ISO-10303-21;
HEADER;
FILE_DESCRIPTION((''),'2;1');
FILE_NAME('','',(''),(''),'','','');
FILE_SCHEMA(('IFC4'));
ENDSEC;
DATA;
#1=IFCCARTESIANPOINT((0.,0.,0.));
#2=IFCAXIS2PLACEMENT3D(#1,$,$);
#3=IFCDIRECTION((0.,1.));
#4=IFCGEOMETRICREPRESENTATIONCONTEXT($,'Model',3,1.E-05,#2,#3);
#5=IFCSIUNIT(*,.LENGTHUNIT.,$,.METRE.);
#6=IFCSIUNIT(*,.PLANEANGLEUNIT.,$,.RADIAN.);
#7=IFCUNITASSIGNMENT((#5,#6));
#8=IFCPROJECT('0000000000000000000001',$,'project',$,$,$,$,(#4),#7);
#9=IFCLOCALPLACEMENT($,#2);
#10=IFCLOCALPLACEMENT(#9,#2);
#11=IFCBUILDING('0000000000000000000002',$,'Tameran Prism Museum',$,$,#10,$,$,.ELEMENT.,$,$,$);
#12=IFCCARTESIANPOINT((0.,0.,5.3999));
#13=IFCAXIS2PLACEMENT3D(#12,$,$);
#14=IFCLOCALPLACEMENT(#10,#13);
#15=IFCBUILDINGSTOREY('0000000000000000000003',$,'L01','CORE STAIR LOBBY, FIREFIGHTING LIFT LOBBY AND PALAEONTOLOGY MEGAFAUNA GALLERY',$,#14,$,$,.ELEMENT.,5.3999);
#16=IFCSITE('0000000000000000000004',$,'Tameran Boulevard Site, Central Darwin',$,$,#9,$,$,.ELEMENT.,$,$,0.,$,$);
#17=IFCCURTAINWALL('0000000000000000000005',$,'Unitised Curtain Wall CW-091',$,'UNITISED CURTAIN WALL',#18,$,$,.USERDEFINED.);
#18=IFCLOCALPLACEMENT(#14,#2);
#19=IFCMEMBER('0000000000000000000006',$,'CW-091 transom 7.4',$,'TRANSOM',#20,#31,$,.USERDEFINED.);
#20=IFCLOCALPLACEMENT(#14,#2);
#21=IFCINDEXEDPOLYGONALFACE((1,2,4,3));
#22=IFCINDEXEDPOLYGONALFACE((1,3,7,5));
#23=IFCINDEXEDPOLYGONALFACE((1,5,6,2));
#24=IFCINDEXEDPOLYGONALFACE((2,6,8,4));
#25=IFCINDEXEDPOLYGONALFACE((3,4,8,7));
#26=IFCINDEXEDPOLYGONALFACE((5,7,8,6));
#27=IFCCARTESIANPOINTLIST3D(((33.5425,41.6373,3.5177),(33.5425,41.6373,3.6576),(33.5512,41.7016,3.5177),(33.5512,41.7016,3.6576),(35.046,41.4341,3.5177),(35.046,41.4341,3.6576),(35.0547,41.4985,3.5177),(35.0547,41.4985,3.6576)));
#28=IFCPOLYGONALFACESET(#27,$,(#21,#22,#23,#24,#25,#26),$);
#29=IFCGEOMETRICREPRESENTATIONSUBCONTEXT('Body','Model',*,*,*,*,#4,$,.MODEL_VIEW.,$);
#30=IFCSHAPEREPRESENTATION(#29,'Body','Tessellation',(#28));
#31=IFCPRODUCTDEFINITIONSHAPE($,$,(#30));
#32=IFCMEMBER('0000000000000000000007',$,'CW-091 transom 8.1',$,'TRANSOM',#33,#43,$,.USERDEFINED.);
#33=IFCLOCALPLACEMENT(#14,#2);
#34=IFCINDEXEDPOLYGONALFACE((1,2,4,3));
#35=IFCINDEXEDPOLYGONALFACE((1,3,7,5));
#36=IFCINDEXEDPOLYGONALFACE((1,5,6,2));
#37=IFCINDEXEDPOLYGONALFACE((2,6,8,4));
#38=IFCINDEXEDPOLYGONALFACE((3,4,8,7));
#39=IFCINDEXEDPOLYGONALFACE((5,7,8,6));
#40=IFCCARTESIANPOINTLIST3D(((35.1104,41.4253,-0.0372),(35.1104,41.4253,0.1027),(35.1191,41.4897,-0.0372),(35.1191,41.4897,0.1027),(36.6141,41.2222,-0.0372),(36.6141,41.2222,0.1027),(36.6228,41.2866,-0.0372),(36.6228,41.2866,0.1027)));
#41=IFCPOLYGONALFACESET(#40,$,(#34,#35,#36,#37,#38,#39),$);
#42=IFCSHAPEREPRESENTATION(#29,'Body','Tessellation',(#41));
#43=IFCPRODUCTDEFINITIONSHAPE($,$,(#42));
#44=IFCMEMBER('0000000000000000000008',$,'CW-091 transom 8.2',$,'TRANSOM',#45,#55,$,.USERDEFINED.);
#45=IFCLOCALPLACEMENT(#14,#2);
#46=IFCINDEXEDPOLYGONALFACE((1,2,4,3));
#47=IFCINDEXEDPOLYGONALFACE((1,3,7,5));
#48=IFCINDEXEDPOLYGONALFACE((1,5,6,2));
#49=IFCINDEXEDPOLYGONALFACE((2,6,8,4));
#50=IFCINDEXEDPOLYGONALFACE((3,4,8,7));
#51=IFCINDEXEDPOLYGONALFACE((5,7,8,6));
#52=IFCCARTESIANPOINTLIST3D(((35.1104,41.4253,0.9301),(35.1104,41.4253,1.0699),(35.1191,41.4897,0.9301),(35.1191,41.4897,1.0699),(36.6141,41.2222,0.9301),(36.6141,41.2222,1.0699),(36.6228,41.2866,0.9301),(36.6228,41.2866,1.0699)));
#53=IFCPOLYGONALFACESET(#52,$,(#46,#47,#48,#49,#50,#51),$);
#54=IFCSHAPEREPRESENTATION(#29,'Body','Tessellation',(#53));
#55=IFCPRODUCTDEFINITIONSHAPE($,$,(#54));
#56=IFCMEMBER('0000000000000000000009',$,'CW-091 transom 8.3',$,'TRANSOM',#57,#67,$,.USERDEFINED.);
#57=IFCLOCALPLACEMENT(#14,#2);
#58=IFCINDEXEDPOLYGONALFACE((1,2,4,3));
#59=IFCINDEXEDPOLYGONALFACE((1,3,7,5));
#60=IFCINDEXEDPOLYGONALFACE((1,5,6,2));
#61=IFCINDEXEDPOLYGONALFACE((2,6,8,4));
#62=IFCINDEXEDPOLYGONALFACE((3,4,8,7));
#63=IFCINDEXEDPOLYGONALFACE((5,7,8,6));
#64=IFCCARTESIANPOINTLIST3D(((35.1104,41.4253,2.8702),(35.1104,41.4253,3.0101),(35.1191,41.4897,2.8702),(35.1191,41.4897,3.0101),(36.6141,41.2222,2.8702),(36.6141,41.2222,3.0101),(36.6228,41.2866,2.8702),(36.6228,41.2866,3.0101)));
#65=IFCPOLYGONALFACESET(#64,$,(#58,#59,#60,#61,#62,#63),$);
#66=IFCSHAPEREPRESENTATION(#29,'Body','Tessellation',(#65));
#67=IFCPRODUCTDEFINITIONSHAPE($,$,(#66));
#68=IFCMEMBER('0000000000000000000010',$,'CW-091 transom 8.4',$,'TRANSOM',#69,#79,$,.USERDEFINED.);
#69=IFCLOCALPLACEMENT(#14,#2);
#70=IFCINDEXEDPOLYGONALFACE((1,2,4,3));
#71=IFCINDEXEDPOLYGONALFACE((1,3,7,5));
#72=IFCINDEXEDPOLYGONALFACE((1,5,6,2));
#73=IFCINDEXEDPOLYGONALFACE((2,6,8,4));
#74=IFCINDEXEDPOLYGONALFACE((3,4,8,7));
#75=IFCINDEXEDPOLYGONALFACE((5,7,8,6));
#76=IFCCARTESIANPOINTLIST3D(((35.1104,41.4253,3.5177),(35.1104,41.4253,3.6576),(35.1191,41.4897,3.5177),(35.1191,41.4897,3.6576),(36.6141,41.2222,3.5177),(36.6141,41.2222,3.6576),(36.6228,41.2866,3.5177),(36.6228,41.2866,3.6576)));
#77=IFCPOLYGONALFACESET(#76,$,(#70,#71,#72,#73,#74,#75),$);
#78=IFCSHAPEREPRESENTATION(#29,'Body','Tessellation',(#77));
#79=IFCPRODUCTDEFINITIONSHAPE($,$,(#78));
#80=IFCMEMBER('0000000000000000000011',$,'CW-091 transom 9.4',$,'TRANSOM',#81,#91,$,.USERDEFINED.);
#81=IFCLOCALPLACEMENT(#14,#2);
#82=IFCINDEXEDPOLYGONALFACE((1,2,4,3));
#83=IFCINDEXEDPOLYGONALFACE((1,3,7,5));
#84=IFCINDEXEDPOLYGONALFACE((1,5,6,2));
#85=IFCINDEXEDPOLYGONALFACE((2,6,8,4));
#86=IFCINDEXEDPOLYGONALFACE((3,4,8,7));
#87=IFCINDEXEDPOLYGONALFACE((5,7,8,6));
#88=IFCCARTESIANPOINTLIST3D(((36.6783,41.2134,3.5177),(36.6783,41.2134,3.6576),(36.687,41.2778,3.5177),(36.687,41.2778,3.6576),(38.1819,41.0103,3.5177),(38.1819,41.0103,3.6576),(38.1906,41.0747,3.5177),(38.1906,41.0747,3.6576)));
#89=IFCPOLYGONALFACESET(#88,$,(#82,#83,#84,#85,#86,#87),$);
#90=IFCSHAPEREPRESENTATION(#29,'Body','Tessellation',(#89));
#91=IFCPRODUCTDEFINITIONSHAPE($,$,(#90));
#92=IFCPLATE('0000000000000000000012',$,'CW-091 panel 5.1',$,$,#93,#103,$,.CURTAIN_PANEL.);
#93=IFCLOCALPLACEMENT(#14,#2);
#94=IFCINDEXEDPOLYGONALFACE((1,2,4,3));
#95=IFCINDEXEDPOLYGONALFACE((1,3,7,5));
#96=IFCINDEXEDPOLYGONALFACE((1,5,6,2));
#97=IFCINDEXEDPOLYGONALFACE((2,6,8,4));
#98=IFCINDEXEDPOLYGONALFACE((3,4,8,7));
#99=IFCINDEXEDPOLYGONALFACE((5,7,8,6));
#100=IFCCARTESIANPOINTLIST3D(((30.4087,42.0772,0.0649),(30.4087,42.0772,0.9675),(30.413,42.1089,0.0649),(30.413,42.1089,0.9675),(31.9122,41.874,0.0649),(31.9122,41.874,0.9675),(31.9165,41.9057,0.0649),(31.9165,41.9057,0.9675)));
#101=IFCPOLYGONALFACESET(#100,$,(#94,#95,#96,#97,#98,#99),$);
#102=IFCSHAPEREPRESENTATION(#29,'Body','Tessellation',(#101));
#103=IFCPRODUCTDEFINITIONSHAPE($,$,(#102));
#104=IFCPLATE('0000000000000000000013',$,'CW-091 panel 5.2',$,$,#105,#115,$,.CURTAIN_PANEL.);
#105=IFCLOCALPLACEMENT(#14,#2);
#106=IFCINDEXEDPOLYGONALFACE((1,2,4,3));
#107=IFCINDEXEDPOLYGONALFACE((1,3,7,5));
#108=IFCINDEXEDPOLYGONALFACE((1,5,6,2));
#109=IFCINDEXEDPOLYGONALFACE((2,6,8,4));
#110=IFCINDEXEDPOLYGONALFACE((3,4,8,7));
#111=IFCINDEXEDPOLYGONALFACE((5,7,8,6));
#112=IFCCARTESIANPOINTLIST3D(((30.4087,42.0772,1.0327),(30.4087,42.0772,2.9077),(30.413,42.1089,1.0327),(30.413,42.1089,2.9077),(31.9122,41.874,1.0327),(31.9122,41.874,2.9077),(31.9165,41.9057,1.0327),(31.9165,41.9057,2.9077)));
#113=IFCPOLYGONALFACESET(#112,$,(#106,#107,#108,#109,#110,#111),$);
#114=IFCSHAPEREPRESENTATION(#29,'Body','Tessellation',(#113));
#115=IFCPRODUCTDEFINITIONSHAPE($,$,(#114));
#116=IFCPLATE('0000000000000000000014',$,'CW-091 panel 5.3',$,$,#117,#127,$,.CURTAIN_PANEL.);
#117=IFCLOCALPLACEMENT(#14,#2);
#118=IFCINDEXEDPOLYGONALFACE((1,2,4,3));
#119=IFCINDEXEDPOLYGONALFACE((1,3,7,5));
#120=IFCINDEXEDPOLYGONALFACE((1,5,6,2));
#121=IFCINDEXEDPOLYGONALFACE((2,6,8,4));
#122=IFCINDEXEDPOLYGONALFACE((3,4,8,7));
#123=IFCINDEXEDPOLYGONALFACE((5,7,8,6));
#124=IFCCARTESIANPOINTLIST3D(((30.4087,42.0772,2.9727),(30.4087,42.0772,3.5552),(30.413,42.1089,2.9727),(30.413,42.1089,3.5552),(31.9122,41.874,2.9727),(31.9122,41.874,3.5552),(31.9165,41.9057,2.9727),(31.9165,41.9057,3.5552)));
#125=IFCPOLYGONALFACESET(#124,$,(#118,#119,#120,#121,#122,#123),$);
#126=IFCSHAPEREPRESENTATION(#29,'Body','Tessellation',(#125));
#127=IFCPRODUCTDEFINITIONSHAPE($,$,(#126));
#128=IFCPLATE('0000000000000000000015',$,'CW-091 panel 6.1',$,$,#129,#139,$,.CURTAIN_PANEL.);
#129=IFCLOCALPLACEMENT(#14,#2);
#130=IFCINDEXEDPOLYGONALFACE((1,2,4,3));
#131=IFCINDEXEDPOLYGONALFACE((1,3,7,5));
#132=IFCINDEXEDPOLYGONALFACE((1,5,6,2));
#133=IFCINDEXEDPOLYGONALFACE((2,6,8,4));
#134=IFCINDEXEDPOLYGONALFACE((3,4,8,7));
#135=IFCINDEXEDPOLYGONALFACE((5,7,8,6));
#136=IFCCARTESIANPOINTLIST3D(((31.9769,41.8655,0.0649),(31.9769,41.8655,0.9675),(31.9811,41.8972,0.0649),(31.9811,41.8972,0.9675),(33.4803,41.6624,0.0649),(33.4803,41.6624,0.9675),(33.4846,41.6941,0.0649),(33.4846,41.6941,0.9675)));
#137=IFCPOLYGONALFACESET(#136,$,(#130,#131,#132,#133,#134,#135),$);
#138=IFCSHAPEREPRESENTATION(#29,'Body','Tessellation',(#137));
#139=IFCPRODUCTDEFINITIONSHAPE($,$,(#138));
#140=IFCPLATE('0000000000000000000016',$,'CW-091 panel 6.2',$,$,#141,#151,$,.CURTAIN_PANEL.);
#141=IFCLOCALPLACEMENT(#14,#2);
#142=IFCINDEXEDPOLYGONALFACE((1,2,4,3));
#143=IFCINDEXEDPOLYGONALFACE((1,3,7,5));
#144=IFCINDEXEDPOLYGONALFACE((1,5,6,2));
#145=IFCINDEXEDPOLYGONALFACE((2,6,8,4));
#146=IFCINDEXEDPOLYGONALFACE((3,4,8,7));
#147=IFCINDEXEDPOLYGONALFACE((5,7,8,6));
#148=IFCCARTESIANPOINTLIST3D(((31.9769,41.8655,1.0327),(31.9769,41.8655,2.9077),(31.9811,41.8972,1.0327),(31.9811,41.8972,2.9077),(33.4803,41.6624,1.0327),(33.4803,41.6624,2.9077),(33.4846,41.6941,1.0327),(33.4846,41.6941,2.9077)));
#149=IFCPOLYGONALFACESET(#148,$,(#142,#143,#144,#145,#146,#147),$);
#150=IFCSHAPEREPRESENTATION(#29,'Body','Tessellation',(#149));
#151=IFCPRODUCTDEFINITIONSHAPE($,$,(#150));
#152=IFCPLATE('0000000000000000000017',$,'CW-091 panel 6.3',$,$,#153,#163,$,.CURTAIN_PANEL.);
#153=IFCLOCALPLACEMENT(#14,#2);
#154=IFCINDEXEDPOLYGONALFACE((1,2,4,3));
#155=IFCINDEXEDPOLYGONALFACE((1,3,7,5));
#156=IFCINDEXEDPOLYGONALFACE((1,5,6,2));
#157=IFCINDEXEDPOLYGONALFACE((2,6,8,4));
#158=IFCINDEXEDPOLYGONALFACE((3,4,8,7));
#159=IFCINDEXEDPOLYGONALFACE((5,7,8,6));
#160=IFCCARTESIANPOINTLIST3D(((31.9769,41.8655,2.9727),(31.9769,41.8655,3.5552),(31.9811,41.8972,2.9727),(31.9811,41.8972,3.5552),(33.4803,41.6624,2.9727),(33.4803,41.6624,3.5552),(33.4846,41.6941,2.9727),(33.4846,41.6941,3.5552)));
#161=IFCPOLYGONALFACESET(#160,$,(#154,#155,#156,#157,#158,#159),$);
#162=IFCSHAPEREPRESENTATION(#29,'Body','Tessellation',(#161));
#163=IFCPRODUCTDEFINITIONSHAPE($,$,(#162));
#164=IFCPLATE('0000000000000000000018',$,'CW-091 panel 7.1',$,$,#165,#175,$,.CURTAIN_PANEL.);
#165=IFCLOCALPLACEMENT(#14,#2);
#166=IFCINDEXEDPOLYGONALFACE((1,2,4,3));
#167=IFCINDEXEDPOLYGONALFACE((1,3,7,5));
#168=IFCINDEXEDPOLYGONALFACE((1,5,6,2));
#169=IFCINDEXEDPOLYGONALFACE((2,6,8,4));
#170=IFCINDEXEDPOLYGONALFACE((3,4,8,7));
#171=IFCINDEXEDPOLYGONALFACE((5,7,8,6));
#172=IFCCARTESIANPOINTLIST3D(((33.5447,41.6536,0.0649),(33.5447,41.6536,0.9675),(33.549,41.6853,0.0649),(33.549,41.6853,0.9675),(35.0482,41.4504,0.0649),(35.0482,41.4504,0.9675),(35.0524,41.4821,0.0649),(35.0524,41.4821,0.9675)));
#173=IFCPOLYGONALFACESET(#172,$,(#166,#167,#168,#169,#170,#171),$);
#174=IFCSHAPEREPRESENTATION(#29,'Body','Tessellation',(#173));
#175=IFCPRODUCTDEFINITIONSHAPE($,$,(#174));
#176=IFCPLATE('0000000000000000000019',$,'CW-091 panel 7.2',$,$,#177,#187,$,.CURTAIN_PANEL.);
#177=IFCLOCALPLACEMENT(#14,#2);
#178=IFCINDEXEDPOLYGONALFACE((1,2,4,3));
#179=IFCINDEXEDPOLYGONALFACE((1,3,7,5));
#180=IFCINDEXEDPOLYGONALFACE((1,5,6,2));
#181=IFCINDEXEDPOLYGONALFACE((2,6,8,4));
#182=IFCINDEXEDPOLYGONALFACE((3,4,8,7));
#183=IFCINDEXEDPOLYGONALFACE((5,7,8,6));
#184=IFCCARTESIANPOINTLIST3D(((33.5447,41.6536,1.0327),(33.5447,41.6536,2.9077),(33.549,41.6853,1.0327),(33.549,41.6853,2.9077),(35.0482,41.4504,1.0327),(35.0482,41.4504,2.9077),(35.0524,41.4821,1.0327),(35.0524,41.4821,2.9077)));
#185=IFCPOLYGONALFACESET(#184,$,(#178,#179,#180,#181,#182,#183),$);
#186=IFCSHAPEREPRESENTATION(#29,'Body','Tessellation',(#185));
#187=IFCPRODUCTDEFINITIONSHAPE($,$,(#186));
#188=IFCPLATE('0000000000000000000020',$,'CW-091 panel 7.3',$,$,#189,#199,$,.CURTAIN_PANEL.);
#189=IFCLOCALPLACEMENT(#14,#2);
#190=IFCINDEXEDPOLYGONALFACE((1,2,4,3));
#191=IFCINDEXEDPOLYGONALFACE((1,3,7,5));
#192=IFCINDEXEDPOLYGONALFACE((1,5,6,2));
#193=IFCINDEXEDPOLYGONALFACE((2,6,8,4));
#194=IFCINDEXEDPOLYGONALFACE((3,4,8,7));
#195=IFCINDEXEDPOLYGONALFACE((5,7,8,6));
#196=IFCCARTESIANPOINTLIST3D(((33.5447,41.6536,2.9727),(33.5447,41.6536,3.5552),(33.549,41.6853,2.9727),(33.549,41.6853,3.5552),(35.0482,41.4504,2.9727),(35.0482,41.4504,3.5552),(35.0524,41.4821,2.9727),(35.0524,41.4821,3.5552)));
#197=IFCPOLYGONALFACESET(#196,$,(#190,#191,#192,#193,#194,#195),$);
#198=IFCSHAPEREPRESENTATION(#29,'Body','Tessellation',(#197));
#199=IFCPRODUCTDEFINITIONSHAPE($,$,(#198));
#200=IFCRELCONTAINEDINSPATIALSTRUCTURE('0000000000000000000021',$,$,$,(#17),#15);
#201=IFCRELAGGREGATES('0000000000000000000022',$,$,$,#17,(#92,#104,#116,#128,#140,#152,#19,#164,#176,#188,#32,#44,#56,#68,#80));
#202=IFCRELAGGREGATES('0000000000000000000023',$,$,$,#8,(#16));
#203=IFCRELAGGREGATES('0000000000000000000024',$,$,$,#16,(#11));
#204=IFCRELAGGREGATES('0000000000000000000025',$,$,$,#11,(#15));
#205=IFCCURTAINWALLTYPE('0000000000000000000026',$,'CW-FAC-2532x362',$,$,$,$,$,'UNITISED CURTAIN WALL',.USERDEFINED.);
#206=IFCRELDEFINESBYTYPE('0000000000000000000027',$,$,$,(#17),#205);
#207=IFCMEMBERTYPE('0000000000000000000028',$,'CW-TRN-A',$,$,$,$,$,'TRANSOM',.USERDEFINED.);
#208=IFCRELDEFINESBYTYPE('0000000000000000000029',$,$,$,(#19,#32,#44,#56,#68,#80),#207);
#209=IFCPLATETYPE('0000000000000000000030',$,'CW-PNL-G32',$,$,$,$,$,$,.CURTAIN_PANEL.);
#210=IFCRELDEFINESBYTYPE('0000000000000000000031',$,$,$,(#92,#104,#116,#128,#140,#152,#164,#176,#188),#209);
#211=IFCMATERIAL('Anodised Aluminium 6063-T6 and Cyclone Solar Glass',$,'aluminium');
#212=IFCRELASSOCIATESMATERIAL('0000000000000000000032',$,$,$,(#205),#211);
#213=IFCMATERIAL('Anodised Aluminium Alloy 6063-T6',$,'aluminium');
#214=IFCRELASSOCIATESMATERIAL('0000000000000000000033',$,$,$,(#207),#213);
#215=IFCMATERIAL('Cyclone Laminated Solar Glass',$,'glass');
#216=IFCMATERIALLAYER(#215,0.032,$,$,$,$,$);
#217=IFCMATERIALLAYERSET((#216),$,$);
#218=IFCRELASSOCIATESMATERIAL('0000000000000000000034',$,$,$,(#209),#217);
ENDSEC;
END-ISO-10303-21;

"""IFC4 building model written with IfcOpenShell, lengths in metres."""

from ifc_helpers import new_model, si_unit, direction, frame, origin, origin_2d, place, context, subcontext, project, spatial, rectangle, extrude, material, layer, layer_set, material_profile, profile_set, type_object, element, aggregate, save


model = new_model("IFC4")

# Units and contexts
model_context = context("Model", 3, precision=1e-05, world=origin(), true_north=direction((0.0, 1.0)))
body_context = subcontext(model_context, "Body", "Model", "MODEL_VIEW")
ifc_project = project(units=[si_unit("LENGTHUNIT", "METRE"), si_unit("PLANEANGLEUNIT", "RADIAN")], contexts=[model_context])

# Site, building, storey
site_placement = place(None, origin())
site = spatial("IfcSite", under=ifc_project, at=site_placement, Name="Tameran Boulevard Site, Central Darwin", CompositionType="ELEMENT", RefElevation=0.0)
building_placement = place(site_placement, origin())
building = spatial("IfcBuilding", under=site, at=building_placement, Name="Tameran Prism Museum", CompositionType="ELEMENT")
storey_placement = place(building_placement, frame((0.0, 0.0, 5.3999)))
storey = spatial("IfcBuildingStorey", under=building, at=storey_placement, Name="L01", Description="CORE STAIR LOBBY, FIREFIGHTING LIFT LOBBY AND PALAEONTOLOGY MEGAFAUNA GALLERY", CompositionType="ELEMENT", Elevation=5.3999)

# Curtain wall, members, plates
ifc_material_1 = material(Name="Anodised Aluminium 6063-T6 and Cyclone Solar Glass", Category="aluminium")
curtain_wall_type = type_object("IfcCurtainWallType", Name="CW-FAC-2532x362", ElementType="UNITISED CURTAIN WALL", PredefinedType="USERDEFINED", material=ifc_material_1)
curtain_wall_placement = place(storey_placement, origin())
curtain_wall = element("IfcCurtainWall", 1, at=curtain_wall_placement, inside=storey, type_object=curtain_wall_type, Name="Unitised Curtain Wall CW-091", ObjectType="UNITISED CURTAIN WALL", PredefinedType="USERDEFINED")
ifc_material_2 = material(Name="Anodised Aluminium Alloy 6063-T6", Category="aluminium")
ifc_material_profile_1 = material_profile(ifc_material_2, rectangle(XDim=0.0649, YDim=0.1399, at=origin_2d()))
ifc_profile_set_1 = profile_set([ifc_material_profile_1])
member_type_1 = type_object("IfcMemberType", Name="CW-TRN-A", ElementType="TRANSOM", PredefinedType="USERDEFINED", material=ifc_profile_set_1)
member_1_placement = place(storey_placement, frame((33.5469, 41.6694, 3.5876), z_axis=(0.990996, -0.133892, 0.0), x_axis=(0.133892, 0.990996, 0.0)))
member_1 = element("IfcMember", 2, at=member_1_placement, type_object=member_type_1, Name="CW-091 transom 7.4", ObjectType="TRANSOM", PredefinedType="USERDEFINED", context=body_context, shape_type="SweptSolid", body=[
    extrude(rectangle(XDim=0.0649, YDim=0.1399, at=origin_2d()), origin(), (0.0, 0.0, 1.0), 1.5171),
])
member_2_placement = place(storey_placement, frame((35.1147, 41.4575, 0.0327), z_axis=(0.990999, -0.133871, 0.0), x_axis=(0.133871, 0.990999, 0.0)))
member_2 = element("IfcMember", 3, at=member_2_placement, type_object=member_type_1, Name="CW-091 transom 8.1", ObjectType="TRANSOM", PredefinedType="USERDEFINED", context=body_context, shape_type="SweptSolid", body=[
    extrude(rectangle(XDim=0.0649, YDim=0.1399, at=origin_2d()), origin(), (0.0, 0.0, 1.0), 1.5173),
])
member_3_placement = place(storey_placement, frame((35.1147, 41.4575, 1.0), z_axis=(0.990999, -0.133871, 0.0), x_axis=(0.133871, 0.990999, 0.0)))
member_3 = element("IfcMember", 4, at=member_3_placement, type_object=member_type_1, Name="CW-091 transom 8.2", ObjectType="TRANSOM", PredefinedType="USERDEFINED", context=body_context, shape_type="SweptSolid", body=[
    extrude(rectangle(XDim=0.0649, YDim=0.1399, at=origin_2d()), origin(), (0.0, 0.0, 1.0), 1.5173),
])
member_4_placement = place(storey_placement, frame((35.1147, 41.4575, 2.9402), z_axis=(0.990999, -0.133871, 0.0), x_axis=(0.133871, 0.990999, 0.0)))
member_4 = element("IfcMember", 5, at=member_4_placement, type_object=member_type_1, Name="CW-091 transom 8.3", ObjectType="TRANSOM", PredefinedType="USERDEFINED", context=body_context, shape_type="SweptSolid", body=[
    extrude(rectangle(XDim=0.0649, YDim=0.1399, at=origin_2d()), origin(), (0.0, 0.0, 1.0), 1.5173),
])
member_5_placement = place(storey_placement, frame((35.1147, 41.4575, 3.5876), z_axis=(0.990999, -0.133871, 0.0), x_axis=(0.133871, 0.990999, 0.0)))
member_5 = element("IfcMember", 6, at=member_5_placement, type_object=member_type_1, Name="CW-091 transom 8.4", ObjectType="TRANSOM", PredefinedType="USERDEFINED", context=body_context, shape_type="SweptSolid", body=[
    extrude(rectangle(XDim=0.0649, YDim=0.1399, at=origin_2d()), origin(), (0.0, 0.0, 1.0), 1.5173),
])
member_6_placement = place(storey_placement, frame((36.6826, 41.2456, 3.5876), z_axis=(0.990999, -0.133871, 0.0), x_axis=(0.133871, 0.990999, 0.0)))
member_6 = element("IfcMember", 7, at=member_6_placement, type_object=member_type_1, Name="CW-091 transom 9.4", ObjectType="TRANSOM", PredefinedType="USERDEFINED", context=body_context, shape_type="SweptSolid", body=[
    extrude(rectangle(XDim=0.0649, YDim=0.1399, at=origin_2d()), origin(), (0.0, 0.0, 1.0), 1.5173),
])
ifc_material_3 = material(Name="Cyclone Laminated Solar Glass", Category="glass")
ifc_layer_1 = layer(ifc_material_3, 0.032)
ifc_layer_set_1 = layer_set([ifc_layer_1])
plate_type = type_object("IfcPlateType", Name="CW-PNL-G32", PredefinedType="CURTAIN_PANEL", material=ifc_layer_set_1)
plate_1_placement = place(storey_placement, frame((31.1626, 41.9915, 0.0649), z_axis=(0.0, 0.0, 1.0), x_axis=(0.990993, -0.133913, 0.0)))
plate_1 = element("IfcPlate", 8, at=plate_1_placement, type_object=plate_type, Name="CW-091 panel 5.1", PredefinedType="CURTAIN_PANEL", context=body_context, shape_type="SweptSolid", body=[
    extrude(rectangle(XDim=1.5171, YDim=0.032, at=origin_2d()), origin(), (0.0, 0.0, 1.0), 0.9026),
])
plate_2_placement = place(storey_placement, frame((31.1626, 41.9915, 1.0327), z_axis=(0.0, 0.0, 1.0), x_axis=(0.990993, -0.133913, 0.0)))
plate_2 = element("IfcPlate", 9, at=plate_2_placement, type_object=plate_type, Name="CW-091 panel 5.2", PredefinedType="CURTAIN_PANEL", context=body_context, shape_type="SweptSolid", body=[
    extrude(rectangle(XDim=1.5171, YDim=0.032, at=origin_2d()), origin(), (0.0, 0.0, 1.0), 1.875),
])
plate_3_placement = place(storey_placement, frame((31.1626, 41.9915, 2.9727), z_axis=(0.0, 0.0, 1.0), x_axis=(0.990993, -0.133913, 0.0)))
plate_3 = element("IfcPlate", 10, at=plate_3_placement, type_object=plate_type, Name="CW-091 panel 5.3", PredefinedType="CURTAIN_PANEL", context=body_context, shape_type="SweptSolid", body=[
    extrude(rectangle(XDim=1.5171, YDim=0.032, at=origin_2d()), origin(), (0.0, 0.0, 1.0), 0.5825),
])
plate_4_placement = place(storey_placement, frame((32.7307, 41.7798, 0.0649), z_axis=(0.0, 0.0, 1.0), x_axis=(0.990993, -0.133913, 0.0)))
plate_4 = element("IfcPlate", 11, at=plate_4_placement, type_object=plate_type, Name="CW-091 panel 6.1", PredefinedType="CURTAIN_PANEL", context=body_context, shape_type="SweptSolid", body=[
    extrude(rectangle(XDim=1.5171, YDim=0.032, at=origin_2d()), origin(), (0.0, 0.0, 1.0), 0.9026),
])
plate_5_placement = place(storey_placement, frame((32.7307, 41.7798, 1.0327), z_axis=(0.0, 0.0, 1.0), x_axis=(0.990993, -0.133913, 0.0)))
plate_5 = element("IfcPlate", 12, at=plate_5_placement, type_object=plate_type, Name="CW-091 panel 6.2", PredefinedType="CURTAIN_PANEL", context=body_context, shape_type="SweptSolid", body=[
    extrude(rectangle(XDim=1.5171, YDim=0.032, at=origin_2d()), origin(), (0.0, 0.0, 1.0), 1.875),
])
plate_6_placement = place(storey_placement, frame((32.7307, 41.7798, 2.9727), z_axis=(0.0, 0.0, 1.0), x_axis=(0.990993, -0.133913, 0.0)))
plate_6 = element("IfcPlate", 13, at=plate_6_placement, type_object=plate_type, Name="CW-091 panel 6.3", PredefinedType="CURTAIN_PANEL", context=body_context, shape_type="SweptSolid", body=[
    extrude(rectangle(XDim=1.5171, YDim=0.032, at=origin_2d()), origin(), (0.0, 0.0, 1.0), 0.5825),
])
plate_7_placement = place(storey_placement, frame((34.2986, 41.5679, 0.0649), z_axis=(0.0, 0.0, 1.0), x_axis=(0.990993, -0.133913, 0.0)))
plate_7 = element("IfcPlate", 14, at=plate_7_placement, type_object=plate_type, Name="CW-091 panel 7.1", PredefinedType="CURTAIN_PANEL", context=body_context, shape_type="SweptSolid", body=[
    extrude(rectangle(XDim=1.5171, YDim=0.032, at=origin_2d()), origin(), (0.0, 0.0, 1.0), 0.9026),
])
plate_8_placement = place(storey_placement, frame((34.2986, 41.5679, 1.0327), z_axis=(0.0, 0.0, 1.0), x_axis=(0.990993, -0.133913, 0.0)))
plate_8 = element("IfcPlate", 15, at=plate_8_placement, type_object=plate_type, Name="CW-091 panel 7.2", PredefinedType="CURTAIN_PANEL", context=body_context, shape_type="SweptSolid", body=[
    extrude(rectangle(XDim=1.5171, YDim=0.032, at=origin_2d()), origin(), (0.0, 0.0, 1.0), 1.875),
])
plate_9_placement = place(storey_placement, frame((34.2986, 41.5679, 2.9727), z_axis=(0.0, 0.0, 1.0), x_axis=(0.990993, -0.133913, 0.0)))
plate_9 = element("IfcPlate", 16, at=plate_9_placement, type_object=plate_type, Name="CW-091 panel 7.3", PredefinedType="CURTAIN_PANEL", context=body_context, shape_type="SweptSolid", body=[
    extrude(rectangle(XDim=1.5171, YDim=0.032, at=origin_2d()), origin(), (0.0, 0.0, 1.0), 0.5825),
])
aggregate(curtain_wall, [plate_1, plate_2, plate_3, plate_4, plate_5, plate_6, member_1, plate_7, plate_8, plate_9, member_2, member_3, member_4, member_5, member_6])

save(model, "model.ifc")
